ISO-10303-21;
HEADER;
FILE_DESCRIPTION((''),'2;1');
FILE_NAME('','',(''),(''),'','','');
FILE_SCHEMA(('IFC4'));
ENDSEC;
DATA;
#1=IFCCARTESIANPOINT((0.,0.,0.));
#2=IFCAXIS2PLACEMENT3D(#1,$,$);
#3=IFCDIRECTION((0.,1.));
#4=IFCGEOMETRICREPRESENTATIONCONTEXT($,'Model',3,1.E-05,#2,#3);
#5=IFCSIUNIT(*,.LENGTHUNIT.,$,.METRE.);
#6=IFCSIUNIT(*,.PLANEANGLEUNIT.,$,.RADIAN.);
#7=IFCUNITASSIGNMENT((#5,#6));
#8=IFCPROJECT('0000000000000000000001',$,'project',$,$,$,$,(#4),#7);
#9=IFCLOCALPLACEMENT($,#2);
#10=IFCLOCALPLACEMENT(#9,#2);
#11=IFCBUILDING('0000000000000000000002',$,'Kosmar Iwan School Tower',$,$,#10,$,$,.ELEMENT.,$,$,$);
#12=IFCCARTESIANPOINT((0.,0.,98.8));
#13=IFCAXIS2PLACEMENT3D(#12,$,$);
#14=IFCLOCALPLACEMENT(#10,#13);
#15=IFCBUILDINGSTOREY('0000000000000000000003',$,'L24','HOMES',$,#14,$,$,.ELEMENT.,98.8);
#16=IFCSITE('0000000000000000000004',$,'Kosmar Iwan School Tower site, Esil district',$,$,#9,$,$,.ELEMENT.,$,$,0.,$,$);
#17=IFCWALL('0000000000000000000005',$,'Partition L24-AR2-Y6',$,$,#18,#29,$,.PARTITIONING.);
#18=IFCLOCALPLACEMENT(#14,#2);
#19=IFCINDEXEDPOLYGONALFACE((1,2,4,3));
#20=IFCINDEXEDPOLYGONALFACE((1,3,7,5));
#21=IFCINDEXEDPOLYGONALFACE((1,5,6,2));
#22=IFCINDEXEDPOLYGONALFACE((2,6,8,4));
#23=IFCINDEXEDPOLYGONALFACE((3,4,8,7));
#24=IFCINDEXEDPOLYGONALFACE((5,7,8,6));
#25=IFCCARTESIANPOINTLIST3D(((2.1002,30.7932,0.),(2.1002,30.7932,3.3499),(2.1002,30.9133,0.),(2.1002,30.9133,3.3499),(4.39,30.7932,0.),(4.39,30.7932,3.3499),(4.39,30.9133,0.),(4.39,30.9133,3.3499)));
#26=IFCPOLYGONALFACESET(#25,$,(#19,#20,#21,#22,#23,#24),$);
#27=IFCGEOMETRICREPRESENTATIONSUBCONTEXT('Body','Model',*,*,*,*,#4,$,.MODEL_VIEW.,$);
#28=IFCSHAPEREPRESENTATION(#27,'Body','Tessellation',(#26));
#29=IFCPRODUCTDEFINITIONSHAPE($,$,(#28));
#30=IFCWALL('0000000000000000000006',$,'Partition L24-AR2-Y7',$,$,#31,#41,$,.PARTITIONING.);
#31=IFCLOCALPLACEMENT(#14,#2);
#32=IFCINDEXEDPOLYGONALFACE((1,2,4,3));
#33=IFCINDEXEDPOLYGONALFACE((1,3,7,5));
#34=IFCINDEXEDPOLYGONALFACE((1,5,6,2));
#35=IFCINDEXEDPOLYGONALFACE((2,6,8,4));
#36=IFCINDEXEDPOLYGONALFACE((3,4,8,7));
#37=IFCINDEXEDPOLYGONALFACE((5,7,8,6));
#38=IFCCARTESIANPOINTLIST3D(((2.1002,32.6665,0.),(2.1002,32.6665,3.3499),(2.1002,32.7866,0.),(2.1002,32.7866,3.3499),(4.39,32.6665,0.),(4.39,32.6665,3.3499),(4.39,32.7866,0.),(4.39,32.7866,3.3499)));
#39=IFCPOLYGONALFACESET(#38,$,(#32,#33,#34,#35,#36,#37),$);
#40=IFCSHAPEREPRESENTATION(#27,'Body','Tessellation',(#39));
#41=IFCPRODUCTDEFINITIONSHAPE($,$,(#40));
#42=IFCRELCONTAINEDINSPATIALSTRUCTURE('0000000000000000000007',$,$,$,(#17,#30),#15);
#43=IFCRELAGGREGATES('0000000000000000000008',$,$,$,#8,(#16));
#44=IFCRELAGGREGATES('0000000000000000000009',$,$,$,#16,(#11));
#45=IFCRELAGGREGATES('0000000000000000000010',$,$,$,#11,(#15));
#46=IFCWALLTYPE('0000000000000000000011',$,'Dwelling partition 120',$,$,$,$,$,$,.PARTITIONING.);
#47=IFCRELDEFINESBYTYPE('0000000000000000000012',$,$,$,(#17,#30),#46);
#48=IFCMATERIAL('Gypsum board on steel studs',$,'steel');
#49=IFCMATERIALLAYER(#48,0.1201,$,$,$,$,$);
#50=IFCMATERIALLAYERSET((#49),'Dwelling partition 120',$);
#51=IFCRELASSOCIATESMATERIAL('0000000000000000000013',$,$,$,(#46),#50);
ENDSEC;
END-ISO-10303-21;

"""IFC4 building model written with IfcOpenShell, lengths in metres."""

from ifc_helpers import new_model, si_unit, direction, frame, frame_2d, origin, place, context, subcontext, project, spatial, rectangle, extrude, material, layer, layer_set, type_object, element, save


model = new_model("IFC4")

# Units and contexts
model_context = context("Model", 3, precision=1e-05, world=origin(), true_north=direction((0.0, 1.0)))
body_context = subcontext(model_context, "Body", "Model", "MODEL_VIEW")
ifc_project = project(units=[si_unit("LENGTHUNIT", "METRE"), si_unit("PLANEANGLEUNIT", "RADIAN")], contexts=[model_context])

# Site, building, storey
site_placement = place(None, origin())
site = spatial("IfcSite", under=ifc_project, at=site_placement, Name="Kosmar Iwan School Tower site, Esil district", CompositionType="ELEMENT", RefElevation=0.0)
building_placement = place(site_placement, origin())
building = spatial("IfcBuilding", under=site, at=building_placement, Name="Kosmar Iwan School Tower", CompositionType="ELEMENT")
storey_placement = place(building_placement, frame((0.0, 0.0, 98.8)))
storey = spatial("IfcBuildingStorey", under=building, at=storey_placement, Name="L24", Description="HOMES", CompositionType="ELEMENT", Elevation=98.8)

# Walls
ifc_material_1 = material(Name="Gypsum board on steel studs", Category="steel")
ifc_layer_1 = layer(ifc_material_1, 0.1201)
ifc_layer_set_1 = layer_set([ifc_layer_1], Name="Dwelling partition 120")
wall_type = type_object("IfcWallType", Name="Dwelling partition 120", PredefinedType="PARTITIONING", material=ifc_layer_set_1)
for number, where, z_axis, x_axis, name in (
    (1, (2.1001, 30.8533, 0.0), (0.0, 0.0, 1.0), (1.0, 0.0, 0.0), "Partition L24-AR2-Y6"),
    (2, (2.1001, 32.7266, 0.0), (0.0, 0.0, 1.0), (1.0, 0.0, 0.0), "Partition L24-AR2-Y7"),
):
    element("IfcWall", number, at=place(storey_placement, frame(where, z_axis=z_axis, x_axis=x_axis)), inside=storey, type_object=wall_type, Name=name, PredefinedType="PARTITIONING", context=body_context, shape_type="SweptSolid", body=[
        extrude(rectangle(XDim=2.2898, YDim=0.1201, at=frame_2d((1.145, 0.0))), origin(), (0.0, 0.0, 1.0), 3.3499),
    ])

save(model, "model.ifc")
